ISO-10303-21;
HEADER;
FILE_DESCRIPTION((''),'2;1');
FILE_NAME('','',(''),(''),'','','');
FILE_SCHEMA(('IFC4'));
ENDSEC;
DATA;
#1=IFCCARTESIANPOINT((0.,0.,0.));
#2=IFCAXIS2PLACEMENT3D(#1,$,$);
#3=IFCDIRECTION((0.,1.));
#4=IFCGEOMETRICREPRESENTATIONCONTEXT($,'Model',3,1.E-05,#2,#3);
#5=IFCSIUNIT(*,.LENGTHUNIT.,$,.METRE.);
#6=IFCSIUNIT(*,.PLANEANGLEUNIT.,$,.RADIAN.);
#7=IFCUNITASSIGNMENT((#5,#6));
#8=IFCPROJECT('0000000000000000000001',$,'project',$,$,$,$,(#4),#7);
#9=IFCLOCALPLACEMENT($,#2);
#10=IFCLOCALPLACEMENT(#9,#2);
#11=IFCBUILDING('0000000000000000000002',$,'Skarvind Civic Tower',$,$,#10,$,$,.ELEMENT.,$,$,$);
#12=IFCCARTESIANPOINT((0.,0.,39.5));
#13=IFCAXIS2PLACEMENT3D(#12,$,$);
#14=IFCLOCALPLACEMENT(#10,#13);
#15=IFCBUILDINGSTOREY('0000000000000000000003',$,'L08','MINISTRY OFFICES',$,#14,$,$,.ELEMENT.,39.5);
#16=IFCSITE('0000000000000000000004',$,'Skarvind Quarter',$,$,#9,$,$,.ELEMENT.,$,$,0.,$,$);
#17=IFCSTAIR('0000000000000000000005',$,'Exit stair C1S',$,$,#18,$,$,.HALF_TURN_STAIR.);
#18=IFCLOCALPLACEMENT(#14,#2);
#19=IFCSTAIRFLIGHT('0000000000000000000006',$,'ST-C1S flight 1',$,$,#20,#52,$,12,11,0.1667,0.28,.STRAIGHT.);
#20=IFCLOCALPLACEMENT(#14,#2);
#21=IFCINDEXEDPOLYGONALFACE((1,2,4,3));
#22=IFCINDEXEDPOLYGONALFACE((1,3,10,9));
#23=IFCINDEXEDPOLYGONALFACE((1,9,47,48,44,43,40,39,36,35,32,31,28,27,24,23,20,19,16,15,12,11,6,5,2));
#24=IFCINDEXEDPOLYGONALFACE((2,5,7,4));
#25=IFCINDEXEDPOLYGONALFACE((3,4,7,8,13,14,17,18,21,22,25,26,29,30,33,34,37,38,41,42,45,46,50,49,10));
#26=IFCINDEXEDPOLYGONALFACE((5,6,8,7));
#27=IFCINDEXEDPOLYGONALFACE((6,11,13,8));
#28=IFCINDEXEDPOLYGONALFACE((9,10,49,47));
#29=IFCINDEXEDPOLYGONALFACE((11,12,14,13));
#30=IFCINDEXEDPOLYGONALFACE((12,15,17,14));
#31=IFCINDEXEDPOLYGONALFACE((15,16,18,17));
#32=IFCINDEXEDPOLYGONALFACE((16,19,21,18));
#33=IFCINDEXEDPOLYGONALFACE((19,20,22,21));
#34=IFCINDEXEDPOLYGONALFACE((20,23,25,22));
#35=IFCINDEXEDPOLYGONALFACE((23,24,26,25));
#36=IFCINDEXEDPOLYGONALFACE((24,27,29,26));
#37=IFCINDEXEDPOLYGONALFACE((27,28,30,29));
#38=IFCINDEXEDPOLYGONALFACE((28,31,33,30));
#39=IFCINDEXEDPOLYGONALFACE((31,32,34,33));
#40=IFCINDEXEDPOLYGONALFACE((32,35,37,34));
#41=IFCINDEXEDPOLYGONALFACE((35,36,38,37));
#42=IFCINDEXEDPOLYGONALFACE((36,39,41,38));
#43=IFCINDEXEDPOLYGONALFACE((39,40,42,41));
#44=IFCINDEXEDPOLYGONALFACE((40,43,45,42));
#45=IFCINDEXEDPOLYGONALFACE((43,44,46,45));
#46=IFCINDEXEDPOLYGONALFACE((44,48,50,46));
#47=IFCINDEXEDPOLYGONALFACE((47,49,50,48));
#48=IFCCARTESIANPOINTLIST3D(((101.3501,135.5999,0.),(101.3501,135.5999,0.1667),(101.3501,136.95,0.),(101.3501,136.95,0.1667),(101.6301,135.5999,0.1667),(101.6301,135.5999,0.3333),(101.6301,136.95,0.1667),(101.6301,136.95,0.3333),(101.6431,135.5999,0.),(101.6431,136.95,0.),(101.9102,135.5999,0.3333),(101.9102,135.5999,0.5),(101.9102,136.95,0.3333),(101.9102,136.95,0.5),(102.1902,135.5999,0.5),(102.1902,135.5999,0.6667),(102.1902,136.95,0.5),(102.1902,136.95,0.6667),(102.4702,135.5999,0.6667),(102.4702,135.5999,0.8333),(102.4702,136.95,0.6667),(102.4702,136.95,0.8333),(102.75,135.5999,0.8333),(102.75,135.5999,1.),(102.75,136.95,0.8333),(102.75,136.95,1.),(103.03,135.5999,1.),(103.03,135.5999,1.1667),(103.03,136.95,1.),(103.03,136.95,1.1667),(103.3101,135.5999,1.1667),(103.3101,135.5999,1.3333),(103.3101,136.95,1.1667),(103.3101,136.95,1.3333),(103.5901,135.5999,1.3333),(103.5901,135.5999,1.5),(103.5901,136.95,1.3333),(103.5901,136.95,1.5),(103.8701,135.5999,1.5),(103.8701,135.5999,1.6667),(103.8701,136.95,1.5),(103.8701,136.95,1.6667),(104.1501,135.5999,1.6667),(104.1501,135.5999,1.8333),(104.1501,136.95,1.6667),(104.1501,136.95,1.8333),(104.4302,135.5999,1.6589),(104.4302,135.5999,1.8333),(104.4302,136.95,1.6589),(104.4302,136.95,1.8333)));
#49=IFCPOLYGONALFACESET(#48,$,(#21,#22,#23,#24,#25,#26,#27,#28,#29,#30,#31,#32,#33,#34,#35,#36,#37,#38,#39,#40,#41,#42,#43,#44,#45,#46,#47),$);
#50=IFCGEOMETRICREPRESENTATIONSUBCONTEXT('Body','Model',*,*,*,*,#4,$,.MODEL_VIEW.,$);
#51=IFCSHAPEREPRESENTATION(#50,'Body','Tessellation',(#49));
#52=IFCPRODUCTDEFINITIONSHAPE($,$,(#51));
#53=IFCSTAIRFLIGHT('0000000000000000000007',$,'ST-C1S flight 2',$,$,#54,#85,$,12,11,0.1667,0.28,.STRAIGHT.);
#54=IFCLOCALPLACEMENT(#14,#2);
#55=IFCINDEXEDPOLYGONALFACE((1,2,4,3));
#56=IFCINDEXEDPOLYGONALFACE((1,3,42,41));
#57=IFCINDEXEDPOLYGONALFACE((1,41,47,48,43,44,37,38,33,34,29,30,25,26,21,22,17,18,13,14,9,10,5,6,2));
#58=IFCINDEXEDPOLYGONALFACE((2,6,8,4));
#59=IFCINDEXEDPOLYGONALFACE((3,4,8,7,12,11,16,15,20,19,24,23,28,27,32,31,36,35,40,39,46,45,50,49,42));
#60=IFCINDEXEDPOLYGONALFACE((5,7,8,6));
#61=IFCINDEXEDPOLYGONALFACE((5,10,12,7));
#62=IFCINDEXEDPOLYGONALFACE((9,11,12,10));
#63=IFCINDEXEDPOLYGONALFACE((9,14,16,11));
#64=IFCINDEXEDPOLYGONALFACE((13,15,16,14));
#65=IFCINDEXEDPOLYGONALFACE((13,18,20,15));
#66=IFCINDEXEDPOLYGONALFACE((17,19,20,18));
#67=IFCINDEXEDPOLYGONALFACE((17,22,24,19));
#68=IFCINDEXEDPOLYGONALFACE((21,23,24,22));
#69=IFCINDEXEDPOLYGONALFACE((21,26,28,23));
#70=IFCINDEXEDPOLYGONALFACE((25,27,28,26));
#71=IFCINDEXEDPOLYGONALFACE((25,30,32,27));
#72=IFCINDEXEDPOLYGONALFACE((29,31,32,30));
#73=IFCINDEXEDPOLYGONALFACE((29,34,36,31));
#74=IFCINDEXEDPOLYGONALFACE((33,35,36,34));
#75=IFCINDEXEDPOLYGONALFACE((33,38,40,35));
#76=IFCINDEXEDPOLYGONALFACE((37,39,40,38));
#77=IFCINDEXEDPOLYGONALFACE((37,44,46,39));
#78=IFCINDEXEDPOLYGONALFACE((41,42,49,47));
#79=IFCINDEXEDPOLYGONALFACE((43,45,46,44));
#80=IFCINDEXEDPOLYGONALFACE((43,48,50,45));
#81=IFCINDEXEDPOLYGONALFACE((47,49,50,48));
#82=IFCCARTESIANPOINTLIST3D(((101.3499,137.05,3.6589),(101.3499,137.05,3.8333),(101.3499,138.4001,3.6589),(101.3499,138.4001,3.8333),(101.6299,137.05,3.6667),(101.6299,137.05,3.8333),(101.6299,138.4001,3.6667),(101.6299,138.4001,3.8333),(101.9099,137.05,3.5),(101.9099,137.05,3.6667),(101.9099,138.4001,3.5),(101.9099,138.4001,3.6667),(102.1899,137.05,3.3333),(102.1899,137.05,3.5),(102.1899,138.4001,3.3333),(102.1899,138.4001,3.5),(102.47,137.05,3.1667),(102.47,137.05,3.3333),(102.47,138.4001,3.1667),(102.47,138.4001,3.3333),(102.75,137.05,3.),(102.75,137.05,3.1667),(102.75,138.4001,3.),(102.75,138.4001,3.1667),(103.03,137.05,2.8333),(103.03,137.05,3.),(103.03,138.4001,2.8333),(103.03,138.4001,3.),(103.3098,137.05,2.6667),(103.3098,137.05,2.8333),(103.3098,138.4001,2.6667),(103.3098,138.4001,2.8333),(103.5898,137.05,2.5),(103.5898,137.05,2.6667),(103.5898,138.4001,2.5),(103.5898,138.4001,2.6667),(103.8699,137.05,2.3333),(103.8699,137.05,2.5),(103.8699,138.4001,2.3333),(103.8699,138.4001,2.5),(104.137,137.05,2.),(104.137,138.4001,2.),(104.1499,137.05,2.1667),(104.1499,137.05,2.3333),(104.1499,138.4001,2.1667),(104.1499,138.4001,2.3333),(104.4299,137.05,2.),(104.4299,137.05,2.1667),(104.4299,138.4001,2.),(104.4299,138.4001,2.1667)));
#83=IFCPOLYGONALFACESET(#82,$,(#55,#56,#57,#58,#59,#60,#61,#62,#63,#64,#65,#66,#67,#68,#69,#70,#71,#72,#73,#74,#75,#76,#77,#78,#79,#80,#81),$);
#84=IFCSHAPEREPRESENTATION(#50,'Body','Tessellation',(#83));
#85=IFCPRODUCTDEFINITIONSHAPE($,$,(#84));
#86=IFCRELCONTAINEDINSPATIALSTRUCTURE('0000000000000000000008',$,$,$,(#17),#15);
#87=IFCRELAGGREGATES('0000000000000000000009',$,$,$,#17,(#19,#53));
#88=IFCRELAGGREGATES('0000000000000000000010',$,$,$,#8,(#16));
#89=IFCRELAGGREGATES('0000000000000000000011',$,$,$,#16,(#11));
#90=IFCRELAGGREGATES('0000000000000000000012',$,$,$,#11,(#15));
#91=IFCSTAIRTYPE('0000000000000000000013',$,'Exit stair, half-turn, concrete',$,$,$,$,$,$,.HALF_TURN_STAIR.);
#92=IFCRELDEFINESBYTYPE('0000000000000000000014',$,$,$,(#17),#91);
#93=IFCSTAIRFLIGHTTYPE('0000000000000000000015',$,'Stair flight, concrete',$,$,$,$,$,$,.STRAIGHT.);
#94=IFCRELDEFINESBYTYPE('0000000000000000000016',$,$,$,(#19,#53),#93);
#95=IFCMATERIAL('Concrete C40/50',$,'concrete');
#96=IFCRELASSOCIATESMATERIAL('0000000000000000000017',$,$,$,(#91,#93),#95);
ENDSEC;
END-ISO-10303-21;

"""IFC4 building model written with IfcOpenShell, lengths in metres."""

from ifc_helpers import new_model, si_unit, direction, frame, origin, place, context, subcontext, project, spatial, polyline, outline, extrude, material, type_object, element, aggregate, save


model = new_model("IFC4")

# Units and contexts
model_context = context("Model", 3, precision=1e-05, world=origin(), true_north=direction((0.0, 1.0)))
body_context = subcontext(model_context, "Body", "Model", "MODEL_VIEW")
ifc_project = project(units=[si_unit("LENGTHUNIT", "METRE"), si_unit("PLANEANGLEUNIT", "RADIAN")], contexts=[model_context])

# Site, building, storey
site_placement = place(None, origin())
site = spatial("IfcSite", under=ifc_project, at=site_placement, Name="Skarvind Quarter", CompositionType="ELEMENT", RefElevation=0.0)
building_placement = place(site_placement, origin())
building = spatial("IfcBuilding", under=site, at=building_placement, Name="Skarvind Civic Tower", CompositionType="ELEMENT")
storey_placement = place(building_placement, frame((0.0, 0.0, 39.5)))
storey = spatial("IfcBuildingStorey", under=building, at=storey_placement, Name="L08", Description="MINISTRY OFFICES", CompositionType="ELEMENT", Elevation=39.5)

# Stair, stair flights
ifc_material_1 = material(Name="Concrete C40/50", Category="concrete")
stair_type = type_object("IfcStairType", Name="Exit stair, half-turn, concrete", PredefinedType="HALF_TURN_STAIR", material=ifc_material_1)
stair_placement = place(storey_placement, origin())
stair = element("IfcStair", 1, at=stair_placement, inside=storey, type_object=stair_type, Name="Exit stair C1S", PredefinedType="HALF_TURN_STAIR")
stair_flight_type = type_object("IfcStairFlightType", Name="Stair flight, concrete", PredefinedType="STRAIGHT", material=ifc_material_1)
stair_flight_1_placement = place(storey_placement, frame((101.3501, 136.2749, 0.0), z_axis=(0.0, 0.0, 1.0), x_axis=(1.0, 0.0, 0.0)))
stair_flight_1 = element("IfcStairFlight", 2, at=stair_flight_1_placement, type_object=stair_flight_type, Name="ST-C1S flight 1", NumberOfRisers=12, NumberOfTreads=11, PredefinedType="STRAIGHT", RiserHeight=0.1667, TreadLength=0.28, context=body_context, shape_type="SweptSolid", body=[
    extrude(outline(polyline([(0.0, 0.0), (0.0, 0.1667), (0.28, 0.1667), (0.28, 0.3333), (0.5601, 0.3333), (0.5601, 0.5), (0.8401, 0.5), (0.8401, 0.6667), (1.1201, 0.6667), (1.1201, 0.8333), (1.3999, 0.8333), (1.3999, 1.0), (1.6799, 1.0), (1.6799, 1.1667), (1.96, 1.1667), (1.96, 1.3333), (2.24, 1.3333), (2.24, 1.5), (2.52, 1.5), (2.52, 1.6667), (2.8, 1.6667), (2.8, 1.8333), (3.0801, 1.8333), (3.0801, 2.0), (3.0801, 1.6589), (0.293, 0.0), (0.0, 0.0)])), frame((0.0, 0.675, 0.0), z_axis=(0.0, -1.0, 0.0), x_axis=(1.0, 0.0, 0.0)), (0.0, 0.0, 1.0), 1.3501),
])
stair_flight_2_placement = place(storey_placement, frame((104.4299, 137.7251, 2.0), z_axis=(0.0, 0.0, 1.0), x_axis=(-1.0, 0.0, 0.0)))
stair_flight_2 = element("IfcStairFlight", 3, at=stair_flight_2_placement, type_object=stair_flight_type, Name="ST-C1S flight 2", NumberOfRisers=12, NumberOfTreads=11, PredefinedType="STRAIGHT", RiserHeight=0.1667, TreadLength=0.28, context=body_context, shape_type="SweptSolid", body=[
    extrude(outline(polyline([(0.0, 0.0), (0.0, 0.1667), (0.28, 0.1667), (0.28, 0.3333), (0.5601, 0.3333), (0.5601, 0.5), (0.8401, 0.5), (0.8401, 0.6667), (1.1201, 0.6667), (1.1201, 0.8333), (1.3999, 0.8333), (1.3999, 1.0), (1.6799, 1.0), (1.6799, 1.1667), (1.96, 1.1667), (1.96, 1.3333), (2.24, 1.3333), (2.24, 1.5), (2.52, 1.5), (2.52, 1.6667), (2.8, 1.6667), (2.8, 1.8333), (3.0801, 1.8333), (3.0801, 2.0), (3.0801, 1.6589), (0.293, 0.0), (0.0, 0.0)])), frame((0.0, 0.675, 0.0), z_axis=(0.0, -1.0, 0.0), x_axis=(1.0, 0.0, 0.0)), (0.0, 0.0, 1.0), 1.3501),
])
aggregate(stair, [stair_flight_1, stair_flight_2])

save(model, "model.ifc")
